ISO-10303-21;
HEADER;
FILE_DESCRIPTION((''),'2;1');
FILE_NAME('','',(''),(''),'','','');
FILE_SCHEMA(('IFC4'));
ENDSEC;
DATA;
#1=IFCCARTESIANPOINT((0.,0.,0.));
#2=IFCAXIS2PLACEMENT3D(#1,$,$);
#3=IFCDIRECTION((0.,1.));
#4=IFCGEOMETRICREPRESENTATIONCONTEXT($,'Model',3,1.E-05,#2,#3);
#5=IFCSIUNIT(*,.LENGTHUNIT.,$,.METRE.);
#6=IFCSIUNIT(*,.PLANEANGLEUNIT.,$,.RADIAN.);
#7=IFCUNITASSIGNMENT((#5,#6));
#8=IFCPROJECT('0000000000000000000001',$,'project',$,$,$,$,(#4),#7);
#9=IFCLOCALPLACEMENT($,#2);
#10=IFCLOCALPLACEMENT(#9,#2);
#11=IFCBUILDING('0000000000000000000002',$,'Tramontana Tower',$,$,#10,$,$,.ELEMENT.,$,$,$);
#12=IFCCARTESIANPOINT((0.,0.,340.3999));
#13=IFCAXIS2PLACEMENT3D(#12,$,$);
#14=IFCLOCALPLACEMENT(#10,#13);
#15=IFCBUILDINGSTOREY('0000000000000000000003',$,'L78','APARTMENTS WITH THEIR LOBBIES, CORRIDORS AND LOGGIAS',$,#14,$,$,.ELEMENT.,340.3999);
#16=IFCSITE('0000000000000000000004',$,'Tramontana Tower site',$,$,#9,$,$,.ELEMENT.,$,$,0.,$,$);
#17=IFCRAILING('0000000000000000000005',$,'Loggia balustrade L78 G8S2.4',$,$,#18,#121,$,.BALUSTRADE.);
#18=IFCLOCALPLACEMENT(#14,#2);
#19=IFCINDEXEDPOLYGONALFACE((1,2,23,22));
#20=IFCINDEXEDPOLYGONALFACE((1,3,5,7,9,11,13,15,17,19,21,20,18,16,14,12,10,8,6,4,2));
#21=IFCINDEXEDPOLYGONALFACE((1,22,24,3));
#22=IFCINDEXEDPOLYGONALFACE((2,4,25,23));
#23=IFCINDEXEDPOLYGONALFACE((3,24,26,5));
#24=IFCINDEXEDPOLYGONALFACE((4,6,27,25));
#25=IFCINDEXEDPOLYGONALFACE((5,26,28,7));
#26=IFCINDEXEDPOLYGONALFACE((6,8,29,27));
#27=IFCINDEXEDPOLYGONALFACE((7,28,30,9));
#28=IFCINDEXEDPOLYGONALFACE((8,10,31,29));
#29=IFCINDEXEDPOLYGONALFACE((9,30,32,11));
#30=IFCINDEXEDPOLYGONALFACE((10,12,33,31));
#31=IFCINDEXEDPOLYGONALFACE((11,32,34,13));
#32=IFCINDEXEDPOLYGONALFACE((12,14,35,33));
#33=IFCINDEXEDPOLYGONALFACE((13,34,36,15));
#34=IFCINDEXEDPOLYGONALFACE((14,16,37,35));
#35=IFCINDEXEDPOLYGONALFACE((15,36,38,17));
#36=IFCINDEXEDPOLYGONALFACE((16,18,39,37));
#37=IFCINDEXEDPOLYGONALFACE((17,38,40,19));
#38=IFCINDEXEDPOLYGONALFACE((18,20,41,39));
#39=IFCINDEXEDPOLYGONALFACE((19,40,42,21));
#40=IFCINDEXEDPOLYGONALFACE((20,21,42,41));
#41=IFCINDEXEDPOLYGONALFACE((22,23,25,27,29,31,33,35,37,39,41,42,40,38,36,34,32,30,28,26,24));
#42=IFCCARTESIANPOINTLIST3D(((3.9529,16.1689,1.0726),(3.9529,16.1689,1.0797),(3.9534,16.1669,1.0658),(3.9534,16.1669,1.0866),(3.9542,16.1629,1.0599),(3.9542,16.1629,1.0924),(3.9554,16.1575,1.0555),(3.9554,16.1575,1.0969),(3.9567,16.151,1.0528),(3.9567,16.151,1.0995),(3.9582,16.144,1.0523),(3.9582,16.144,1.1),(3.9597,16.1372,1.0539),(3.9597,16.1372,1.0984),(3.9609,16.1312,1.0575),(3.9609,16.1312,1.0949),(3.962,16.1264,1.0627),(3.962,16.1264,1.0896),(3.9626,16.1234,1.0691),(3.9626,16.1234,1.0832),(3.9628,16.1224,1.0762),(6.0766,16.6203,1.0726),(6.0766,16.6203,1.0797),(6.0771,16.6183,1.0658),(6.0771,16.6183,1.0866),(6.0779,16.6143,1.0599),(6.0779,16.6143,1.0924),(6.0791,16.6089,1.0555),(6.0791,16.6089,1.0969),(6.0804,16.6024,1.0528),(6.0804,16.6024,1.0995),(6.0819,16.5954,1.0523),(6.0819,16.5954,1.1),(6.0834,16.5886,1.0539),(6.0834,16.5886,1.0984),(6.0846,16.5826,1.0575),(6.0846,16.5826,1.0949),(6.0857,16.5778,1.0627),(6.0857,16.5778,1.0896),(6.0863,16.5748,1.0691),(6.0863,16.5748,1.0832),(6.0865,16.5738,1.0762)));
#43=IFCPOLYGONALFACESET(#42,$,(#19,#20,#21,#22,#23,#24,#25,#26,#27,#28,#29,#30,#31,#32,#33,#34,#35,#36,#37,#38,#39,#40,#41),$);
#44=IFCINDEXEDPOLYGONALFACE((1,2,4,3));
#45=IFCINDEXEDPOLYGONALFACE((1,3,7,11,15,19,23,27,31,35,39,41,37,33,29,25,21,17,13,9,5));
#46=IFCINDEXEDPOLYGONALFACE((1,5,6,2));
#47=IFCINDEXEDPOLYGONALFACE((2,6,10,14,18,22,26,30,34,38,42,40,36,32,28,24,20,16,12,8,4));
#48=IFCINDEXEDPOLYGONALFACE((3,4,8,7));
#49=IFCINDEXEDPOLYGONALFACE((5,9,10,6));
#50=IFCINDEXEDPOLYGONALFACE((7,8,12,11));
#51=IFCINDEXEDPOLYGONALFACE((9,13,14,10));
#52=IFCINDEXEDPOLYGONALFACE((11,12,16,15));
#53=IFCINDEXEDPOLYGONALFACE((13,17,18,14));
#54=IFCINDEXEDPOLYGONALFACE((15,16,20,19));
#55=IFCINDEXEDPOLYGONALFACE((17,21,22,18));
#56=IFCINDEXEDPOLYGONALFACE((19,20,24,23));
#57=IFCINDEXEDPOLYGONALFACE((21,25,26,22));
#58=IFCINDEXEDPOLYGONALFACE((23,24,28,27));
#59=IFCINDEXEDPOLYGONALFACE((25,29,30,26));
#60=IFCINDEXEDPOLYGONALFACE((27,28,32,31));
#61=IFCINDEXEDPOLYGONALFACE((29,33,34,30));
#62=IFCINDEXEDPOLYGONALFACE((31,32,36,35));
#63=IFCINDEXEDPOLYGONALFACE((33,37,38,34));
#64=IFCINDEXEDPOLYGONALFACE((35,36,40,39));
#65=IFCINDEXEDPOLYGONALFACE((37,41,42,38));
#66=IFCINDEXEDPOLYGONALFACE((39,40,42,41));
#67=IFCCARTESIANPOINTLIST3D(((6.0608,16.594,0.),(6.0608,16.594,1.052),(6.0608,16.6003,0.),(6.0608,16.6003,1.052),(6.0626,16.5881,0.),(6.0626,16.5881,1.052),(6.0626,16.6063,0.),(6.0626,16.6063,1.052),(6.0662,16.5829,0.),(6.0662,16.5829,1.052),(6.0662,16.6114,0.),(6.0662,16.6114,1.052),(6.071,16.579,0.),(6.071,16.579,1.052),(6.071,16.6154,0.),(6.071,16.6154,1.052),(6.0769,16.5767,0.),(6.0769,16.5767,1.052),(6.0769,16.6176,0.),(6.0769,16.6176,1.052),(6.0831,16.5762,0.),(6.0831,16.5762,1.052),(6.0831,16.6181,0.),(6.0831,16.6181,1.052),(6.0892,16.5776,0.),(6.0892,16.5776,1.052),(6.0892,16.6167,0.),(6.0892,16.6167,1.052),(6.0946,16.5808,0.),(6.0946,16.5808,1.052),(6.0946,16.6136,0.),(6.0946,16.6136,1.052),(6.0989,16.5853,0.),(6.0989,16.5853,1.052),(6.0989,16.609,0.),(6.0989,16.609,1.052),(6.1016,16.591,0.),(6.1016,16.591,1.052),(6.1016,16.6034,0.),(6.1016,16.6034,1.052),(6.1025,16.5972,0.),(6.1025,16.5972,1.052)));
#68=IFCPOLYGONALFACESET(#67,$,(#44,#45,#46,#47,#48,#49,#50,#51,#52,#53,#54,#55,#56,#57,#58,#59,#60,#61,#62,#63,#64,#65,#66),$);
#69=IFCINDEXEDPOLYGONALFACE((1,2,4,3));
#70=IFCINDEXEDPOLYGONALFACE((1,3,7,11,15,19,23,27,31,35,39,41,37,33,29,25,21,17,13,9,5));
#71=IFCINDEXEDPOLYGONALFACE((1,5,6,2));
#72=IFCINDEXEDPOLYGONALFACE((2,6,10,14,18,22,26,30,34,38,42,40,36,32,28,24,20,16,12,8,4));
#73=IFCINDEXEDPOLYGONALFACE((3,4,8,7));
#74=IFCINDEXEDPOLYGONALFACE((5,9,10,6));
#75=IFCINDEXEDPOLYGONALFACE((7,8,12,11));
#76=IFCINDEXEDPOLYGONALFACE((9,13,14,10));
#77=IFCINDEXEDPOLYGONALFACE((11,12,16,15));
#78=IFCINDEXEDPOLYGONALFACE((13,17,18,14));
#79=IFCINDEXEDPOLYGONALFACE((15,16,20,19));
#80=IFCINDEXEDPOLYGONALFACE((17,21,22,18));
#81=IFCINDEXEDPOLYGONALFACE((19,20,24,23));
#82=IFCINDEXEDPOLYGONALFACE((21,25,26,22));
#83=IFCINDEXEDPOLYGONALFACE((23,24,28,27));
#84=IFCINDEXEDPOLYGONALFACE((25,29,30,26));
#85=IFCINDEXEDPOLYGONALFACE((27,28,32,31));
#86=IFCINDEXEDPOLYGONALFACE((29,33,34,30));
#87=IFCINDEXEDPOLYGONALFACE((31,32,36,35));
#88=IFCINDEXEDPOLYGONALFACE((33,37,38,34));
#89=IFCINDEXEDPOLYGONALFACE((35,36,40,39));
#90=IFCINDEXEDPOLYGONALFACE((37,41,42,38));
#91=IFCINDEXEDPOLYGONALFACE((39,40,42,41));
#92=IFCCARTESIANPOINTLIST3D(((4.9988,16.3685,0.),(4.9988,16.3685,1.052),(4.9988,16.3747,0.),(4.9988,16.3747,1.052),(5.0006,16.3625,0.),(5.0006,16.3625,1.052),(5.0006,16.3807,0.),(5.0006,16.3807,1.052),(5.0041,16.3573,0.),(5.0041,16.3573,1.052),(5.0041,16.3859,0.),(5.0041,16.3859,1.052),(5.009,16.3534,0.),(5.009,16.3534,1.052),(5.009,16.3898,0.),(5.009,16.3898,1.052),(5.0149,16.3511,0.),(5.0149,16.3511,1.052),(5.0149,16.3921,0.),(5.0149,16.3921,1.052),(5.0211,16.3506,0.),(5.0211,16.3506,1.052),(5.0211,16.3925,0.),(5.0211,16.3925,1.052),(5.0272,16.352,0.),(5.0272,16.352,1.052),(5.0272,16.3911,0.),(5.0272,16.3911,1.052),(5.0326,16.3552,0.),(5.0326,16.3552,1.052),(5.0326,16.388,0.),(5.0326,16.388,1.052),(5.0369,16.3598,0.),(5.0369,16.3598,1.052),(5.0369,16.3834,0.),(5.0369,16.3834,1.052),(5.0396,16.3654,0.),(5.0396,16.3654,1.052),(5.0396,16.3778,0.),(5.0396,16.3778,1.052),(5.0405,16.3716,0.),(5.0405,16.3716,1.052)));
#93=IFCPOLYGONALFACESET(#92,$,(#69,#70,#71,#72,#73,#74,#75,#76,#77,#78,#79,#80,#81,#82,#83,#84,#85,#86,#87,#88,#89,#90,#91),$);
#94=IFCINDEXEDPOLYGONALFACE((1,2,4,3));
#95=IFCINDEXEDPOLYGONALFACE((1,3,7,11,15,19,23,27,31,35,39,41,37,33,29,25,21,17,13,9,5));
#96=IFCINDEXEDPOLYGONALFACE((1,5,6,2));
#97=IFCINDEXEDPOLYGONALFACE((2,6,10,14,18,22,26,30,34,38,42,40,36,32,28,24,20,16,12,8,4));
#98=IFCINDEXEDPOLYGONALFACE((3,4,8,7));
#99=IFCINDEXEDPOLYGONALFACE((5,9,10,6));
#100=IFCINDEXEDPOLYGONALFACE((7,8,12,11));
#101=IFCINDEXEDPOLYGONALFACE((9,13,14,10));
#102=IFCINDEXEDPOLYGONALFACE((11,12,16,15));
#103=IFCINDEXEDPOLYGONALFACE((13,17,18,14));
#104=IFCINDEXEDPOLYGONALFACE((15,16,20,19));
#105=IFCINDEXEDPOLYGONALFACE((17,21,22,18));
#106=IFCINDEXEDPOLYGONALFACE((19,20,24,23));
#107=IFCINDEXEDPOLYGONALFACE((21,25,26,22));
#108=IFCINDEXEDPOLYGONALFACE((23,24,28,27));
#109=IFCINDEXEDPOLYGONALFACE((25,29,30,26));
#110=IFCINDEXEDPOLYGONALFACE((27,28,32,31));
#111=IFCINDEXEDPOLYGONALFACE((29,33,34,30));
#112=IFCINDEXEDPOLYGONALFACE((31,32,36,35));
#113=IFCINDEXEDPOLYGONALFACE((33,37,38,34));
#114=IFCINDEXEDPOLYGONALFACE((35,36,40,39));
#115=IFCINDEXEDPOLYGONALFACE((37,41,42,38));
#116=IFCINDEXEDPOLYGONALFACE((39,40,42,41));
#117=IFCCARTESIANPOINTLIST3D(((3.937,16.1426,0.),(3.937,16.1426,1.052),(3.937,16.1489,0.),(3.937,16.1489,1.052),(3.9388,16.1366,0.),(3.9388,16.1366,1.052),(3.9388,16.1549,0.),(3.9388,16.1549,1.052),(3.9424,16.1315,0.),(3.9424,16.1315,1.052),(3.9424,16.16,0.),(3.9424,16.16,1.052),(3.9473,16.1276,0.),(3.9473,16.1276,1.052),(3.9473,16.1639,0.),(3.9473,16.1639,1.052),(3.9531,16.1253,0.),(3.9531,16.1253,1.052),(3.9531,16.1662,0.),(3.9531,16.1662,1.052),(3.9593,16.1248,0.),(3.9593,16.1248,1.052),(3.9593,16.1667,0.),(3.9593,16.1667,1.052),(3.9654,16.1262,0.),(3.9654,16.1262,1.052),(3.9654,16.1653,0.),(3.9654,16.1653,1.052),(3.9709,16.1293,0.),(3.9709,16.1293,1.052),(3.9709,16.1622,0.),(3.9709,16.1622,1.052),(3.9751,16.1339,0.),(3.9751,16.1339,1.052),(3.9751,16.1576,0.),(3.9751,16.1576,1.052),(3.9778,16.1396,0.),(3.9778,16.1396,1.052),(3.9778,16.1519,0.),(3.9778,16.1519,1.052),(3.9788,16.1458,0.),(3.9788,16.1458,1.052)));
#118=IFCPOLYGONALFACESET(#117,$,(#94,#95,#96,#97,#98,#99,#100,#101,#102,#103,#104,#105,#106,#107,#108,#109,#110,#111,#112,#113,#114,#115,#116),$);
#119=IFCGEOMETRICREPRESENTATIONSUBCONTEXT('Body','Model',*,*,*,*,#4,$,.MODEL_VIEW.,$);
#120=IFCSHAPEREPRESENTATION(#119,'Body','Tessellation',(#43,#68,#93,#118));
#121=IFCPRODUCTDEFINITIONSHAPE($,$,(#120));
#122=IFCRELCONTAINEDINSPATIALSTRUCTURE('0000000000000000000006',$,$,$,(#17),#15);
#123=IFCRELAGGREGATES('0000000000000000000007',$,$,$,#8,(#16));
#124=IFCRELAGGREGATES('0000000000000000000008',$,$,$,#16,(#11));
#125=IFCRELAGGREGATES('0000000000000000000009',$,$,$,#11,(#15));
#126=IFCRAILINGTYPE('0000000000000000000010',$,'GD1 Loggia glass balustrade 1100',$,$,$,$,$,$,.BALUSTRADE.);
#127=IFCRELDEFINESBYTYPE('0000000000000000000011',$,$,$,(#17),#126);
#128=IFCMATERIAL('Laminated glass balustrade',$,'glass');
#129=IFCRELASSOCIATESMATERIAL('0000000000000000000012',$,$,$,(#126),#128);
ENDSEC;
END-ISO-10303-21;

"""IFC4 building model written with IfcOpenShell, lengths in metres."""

from ifc_helpers import new_model, si_unit, direction, frame, origin, origin_2d, place, context, subcontext, project, spatial, circle, extrude, material, type_object, element, save


model = new_model("IFC4")

# Units and contexts
model_context = context("Model", 3, precision=1e-05, world=origin(), true_north=direction((0.0, 1.0)))
body_context = subcontext(model_context, "Body", "Model", "MODEL_VIEW")
ifc_project = project(units=[si_unit("LENGTHUNIT", "METRE"), si_unit("PLANEANGLEUNIT", "RADIAN")], contexts=[model_context])

# Site, building, storey
site_placement = place(None, origin())
site = spatial("IfcSite", under=ifc_project, at=site_placement, Name="Tramontana Tower site", CompositionType="ELEMENT", RefElevation=0.0)
building_placement = place(site_placement, origin())
building = spatial("IfcBuilding", under=site, at=building_placement, Name="Tramontana Tower", CompositionType="ELEMENT")
storey_placement = place(building_placement, frame((0.0, 0.0, 340.3999)))
storey = spatial("IfcBuildingStorey", under=building, at=storey_placement, Name="L78", Description="APARTMENTS WITH THEIR LOBBIES, CORRIDORS AND LOGGIAS", CompositionType="ELEMENT", Elevation=340.3999)

# Railing
ifc_material_1 = material(Name="Laminated glass balustrade", Category="glass")
railing_type = type_object("IfcRailingType", Name="GD1 Loggia glass balustrade 1100", PredefinedType="BALUSTRADE", material=ifc_material_1)
railing_placement = place(storey_placement, frame((6.0815, 16.5972, 0.0)))
element("IfcRailing", 1, at=railing_placement, inside=storey, type_object=railing_type, Name="Loggia balustrade L78 G8S2.4", PredefinedType="BALUSTRADE", context=body_context, shape_type="SweptSolid", body=[
    extrude(circle(Radius=0.0239, at=origin_2d()), frame((0.0, 0.0, 1.0762), z_axis=(-0.978148, -0.207909, 0.0), x_axis=(0.207909, -0.978148, 0.0)), (0.0, 0.0, 1.0), 2.1711),
    extrude(circle(Radius=0.021, at=origin_2d()), origin(), (0.0, 0.0, 1.0), 1.052),
    extrude(circle(Radius=0.021, at=origin_2d()), frame((-1.062, -0.2256, 0.0)), (0.0, 0.0, 1.0), 1.052),
    extrude(circle(Radius=0.021, at=origin_2d()), frame((-2.1238, -0.4514, 0.0)), (0.0, 0.0, 1.0), 1.052),
])

save(model, "model.ifc")
